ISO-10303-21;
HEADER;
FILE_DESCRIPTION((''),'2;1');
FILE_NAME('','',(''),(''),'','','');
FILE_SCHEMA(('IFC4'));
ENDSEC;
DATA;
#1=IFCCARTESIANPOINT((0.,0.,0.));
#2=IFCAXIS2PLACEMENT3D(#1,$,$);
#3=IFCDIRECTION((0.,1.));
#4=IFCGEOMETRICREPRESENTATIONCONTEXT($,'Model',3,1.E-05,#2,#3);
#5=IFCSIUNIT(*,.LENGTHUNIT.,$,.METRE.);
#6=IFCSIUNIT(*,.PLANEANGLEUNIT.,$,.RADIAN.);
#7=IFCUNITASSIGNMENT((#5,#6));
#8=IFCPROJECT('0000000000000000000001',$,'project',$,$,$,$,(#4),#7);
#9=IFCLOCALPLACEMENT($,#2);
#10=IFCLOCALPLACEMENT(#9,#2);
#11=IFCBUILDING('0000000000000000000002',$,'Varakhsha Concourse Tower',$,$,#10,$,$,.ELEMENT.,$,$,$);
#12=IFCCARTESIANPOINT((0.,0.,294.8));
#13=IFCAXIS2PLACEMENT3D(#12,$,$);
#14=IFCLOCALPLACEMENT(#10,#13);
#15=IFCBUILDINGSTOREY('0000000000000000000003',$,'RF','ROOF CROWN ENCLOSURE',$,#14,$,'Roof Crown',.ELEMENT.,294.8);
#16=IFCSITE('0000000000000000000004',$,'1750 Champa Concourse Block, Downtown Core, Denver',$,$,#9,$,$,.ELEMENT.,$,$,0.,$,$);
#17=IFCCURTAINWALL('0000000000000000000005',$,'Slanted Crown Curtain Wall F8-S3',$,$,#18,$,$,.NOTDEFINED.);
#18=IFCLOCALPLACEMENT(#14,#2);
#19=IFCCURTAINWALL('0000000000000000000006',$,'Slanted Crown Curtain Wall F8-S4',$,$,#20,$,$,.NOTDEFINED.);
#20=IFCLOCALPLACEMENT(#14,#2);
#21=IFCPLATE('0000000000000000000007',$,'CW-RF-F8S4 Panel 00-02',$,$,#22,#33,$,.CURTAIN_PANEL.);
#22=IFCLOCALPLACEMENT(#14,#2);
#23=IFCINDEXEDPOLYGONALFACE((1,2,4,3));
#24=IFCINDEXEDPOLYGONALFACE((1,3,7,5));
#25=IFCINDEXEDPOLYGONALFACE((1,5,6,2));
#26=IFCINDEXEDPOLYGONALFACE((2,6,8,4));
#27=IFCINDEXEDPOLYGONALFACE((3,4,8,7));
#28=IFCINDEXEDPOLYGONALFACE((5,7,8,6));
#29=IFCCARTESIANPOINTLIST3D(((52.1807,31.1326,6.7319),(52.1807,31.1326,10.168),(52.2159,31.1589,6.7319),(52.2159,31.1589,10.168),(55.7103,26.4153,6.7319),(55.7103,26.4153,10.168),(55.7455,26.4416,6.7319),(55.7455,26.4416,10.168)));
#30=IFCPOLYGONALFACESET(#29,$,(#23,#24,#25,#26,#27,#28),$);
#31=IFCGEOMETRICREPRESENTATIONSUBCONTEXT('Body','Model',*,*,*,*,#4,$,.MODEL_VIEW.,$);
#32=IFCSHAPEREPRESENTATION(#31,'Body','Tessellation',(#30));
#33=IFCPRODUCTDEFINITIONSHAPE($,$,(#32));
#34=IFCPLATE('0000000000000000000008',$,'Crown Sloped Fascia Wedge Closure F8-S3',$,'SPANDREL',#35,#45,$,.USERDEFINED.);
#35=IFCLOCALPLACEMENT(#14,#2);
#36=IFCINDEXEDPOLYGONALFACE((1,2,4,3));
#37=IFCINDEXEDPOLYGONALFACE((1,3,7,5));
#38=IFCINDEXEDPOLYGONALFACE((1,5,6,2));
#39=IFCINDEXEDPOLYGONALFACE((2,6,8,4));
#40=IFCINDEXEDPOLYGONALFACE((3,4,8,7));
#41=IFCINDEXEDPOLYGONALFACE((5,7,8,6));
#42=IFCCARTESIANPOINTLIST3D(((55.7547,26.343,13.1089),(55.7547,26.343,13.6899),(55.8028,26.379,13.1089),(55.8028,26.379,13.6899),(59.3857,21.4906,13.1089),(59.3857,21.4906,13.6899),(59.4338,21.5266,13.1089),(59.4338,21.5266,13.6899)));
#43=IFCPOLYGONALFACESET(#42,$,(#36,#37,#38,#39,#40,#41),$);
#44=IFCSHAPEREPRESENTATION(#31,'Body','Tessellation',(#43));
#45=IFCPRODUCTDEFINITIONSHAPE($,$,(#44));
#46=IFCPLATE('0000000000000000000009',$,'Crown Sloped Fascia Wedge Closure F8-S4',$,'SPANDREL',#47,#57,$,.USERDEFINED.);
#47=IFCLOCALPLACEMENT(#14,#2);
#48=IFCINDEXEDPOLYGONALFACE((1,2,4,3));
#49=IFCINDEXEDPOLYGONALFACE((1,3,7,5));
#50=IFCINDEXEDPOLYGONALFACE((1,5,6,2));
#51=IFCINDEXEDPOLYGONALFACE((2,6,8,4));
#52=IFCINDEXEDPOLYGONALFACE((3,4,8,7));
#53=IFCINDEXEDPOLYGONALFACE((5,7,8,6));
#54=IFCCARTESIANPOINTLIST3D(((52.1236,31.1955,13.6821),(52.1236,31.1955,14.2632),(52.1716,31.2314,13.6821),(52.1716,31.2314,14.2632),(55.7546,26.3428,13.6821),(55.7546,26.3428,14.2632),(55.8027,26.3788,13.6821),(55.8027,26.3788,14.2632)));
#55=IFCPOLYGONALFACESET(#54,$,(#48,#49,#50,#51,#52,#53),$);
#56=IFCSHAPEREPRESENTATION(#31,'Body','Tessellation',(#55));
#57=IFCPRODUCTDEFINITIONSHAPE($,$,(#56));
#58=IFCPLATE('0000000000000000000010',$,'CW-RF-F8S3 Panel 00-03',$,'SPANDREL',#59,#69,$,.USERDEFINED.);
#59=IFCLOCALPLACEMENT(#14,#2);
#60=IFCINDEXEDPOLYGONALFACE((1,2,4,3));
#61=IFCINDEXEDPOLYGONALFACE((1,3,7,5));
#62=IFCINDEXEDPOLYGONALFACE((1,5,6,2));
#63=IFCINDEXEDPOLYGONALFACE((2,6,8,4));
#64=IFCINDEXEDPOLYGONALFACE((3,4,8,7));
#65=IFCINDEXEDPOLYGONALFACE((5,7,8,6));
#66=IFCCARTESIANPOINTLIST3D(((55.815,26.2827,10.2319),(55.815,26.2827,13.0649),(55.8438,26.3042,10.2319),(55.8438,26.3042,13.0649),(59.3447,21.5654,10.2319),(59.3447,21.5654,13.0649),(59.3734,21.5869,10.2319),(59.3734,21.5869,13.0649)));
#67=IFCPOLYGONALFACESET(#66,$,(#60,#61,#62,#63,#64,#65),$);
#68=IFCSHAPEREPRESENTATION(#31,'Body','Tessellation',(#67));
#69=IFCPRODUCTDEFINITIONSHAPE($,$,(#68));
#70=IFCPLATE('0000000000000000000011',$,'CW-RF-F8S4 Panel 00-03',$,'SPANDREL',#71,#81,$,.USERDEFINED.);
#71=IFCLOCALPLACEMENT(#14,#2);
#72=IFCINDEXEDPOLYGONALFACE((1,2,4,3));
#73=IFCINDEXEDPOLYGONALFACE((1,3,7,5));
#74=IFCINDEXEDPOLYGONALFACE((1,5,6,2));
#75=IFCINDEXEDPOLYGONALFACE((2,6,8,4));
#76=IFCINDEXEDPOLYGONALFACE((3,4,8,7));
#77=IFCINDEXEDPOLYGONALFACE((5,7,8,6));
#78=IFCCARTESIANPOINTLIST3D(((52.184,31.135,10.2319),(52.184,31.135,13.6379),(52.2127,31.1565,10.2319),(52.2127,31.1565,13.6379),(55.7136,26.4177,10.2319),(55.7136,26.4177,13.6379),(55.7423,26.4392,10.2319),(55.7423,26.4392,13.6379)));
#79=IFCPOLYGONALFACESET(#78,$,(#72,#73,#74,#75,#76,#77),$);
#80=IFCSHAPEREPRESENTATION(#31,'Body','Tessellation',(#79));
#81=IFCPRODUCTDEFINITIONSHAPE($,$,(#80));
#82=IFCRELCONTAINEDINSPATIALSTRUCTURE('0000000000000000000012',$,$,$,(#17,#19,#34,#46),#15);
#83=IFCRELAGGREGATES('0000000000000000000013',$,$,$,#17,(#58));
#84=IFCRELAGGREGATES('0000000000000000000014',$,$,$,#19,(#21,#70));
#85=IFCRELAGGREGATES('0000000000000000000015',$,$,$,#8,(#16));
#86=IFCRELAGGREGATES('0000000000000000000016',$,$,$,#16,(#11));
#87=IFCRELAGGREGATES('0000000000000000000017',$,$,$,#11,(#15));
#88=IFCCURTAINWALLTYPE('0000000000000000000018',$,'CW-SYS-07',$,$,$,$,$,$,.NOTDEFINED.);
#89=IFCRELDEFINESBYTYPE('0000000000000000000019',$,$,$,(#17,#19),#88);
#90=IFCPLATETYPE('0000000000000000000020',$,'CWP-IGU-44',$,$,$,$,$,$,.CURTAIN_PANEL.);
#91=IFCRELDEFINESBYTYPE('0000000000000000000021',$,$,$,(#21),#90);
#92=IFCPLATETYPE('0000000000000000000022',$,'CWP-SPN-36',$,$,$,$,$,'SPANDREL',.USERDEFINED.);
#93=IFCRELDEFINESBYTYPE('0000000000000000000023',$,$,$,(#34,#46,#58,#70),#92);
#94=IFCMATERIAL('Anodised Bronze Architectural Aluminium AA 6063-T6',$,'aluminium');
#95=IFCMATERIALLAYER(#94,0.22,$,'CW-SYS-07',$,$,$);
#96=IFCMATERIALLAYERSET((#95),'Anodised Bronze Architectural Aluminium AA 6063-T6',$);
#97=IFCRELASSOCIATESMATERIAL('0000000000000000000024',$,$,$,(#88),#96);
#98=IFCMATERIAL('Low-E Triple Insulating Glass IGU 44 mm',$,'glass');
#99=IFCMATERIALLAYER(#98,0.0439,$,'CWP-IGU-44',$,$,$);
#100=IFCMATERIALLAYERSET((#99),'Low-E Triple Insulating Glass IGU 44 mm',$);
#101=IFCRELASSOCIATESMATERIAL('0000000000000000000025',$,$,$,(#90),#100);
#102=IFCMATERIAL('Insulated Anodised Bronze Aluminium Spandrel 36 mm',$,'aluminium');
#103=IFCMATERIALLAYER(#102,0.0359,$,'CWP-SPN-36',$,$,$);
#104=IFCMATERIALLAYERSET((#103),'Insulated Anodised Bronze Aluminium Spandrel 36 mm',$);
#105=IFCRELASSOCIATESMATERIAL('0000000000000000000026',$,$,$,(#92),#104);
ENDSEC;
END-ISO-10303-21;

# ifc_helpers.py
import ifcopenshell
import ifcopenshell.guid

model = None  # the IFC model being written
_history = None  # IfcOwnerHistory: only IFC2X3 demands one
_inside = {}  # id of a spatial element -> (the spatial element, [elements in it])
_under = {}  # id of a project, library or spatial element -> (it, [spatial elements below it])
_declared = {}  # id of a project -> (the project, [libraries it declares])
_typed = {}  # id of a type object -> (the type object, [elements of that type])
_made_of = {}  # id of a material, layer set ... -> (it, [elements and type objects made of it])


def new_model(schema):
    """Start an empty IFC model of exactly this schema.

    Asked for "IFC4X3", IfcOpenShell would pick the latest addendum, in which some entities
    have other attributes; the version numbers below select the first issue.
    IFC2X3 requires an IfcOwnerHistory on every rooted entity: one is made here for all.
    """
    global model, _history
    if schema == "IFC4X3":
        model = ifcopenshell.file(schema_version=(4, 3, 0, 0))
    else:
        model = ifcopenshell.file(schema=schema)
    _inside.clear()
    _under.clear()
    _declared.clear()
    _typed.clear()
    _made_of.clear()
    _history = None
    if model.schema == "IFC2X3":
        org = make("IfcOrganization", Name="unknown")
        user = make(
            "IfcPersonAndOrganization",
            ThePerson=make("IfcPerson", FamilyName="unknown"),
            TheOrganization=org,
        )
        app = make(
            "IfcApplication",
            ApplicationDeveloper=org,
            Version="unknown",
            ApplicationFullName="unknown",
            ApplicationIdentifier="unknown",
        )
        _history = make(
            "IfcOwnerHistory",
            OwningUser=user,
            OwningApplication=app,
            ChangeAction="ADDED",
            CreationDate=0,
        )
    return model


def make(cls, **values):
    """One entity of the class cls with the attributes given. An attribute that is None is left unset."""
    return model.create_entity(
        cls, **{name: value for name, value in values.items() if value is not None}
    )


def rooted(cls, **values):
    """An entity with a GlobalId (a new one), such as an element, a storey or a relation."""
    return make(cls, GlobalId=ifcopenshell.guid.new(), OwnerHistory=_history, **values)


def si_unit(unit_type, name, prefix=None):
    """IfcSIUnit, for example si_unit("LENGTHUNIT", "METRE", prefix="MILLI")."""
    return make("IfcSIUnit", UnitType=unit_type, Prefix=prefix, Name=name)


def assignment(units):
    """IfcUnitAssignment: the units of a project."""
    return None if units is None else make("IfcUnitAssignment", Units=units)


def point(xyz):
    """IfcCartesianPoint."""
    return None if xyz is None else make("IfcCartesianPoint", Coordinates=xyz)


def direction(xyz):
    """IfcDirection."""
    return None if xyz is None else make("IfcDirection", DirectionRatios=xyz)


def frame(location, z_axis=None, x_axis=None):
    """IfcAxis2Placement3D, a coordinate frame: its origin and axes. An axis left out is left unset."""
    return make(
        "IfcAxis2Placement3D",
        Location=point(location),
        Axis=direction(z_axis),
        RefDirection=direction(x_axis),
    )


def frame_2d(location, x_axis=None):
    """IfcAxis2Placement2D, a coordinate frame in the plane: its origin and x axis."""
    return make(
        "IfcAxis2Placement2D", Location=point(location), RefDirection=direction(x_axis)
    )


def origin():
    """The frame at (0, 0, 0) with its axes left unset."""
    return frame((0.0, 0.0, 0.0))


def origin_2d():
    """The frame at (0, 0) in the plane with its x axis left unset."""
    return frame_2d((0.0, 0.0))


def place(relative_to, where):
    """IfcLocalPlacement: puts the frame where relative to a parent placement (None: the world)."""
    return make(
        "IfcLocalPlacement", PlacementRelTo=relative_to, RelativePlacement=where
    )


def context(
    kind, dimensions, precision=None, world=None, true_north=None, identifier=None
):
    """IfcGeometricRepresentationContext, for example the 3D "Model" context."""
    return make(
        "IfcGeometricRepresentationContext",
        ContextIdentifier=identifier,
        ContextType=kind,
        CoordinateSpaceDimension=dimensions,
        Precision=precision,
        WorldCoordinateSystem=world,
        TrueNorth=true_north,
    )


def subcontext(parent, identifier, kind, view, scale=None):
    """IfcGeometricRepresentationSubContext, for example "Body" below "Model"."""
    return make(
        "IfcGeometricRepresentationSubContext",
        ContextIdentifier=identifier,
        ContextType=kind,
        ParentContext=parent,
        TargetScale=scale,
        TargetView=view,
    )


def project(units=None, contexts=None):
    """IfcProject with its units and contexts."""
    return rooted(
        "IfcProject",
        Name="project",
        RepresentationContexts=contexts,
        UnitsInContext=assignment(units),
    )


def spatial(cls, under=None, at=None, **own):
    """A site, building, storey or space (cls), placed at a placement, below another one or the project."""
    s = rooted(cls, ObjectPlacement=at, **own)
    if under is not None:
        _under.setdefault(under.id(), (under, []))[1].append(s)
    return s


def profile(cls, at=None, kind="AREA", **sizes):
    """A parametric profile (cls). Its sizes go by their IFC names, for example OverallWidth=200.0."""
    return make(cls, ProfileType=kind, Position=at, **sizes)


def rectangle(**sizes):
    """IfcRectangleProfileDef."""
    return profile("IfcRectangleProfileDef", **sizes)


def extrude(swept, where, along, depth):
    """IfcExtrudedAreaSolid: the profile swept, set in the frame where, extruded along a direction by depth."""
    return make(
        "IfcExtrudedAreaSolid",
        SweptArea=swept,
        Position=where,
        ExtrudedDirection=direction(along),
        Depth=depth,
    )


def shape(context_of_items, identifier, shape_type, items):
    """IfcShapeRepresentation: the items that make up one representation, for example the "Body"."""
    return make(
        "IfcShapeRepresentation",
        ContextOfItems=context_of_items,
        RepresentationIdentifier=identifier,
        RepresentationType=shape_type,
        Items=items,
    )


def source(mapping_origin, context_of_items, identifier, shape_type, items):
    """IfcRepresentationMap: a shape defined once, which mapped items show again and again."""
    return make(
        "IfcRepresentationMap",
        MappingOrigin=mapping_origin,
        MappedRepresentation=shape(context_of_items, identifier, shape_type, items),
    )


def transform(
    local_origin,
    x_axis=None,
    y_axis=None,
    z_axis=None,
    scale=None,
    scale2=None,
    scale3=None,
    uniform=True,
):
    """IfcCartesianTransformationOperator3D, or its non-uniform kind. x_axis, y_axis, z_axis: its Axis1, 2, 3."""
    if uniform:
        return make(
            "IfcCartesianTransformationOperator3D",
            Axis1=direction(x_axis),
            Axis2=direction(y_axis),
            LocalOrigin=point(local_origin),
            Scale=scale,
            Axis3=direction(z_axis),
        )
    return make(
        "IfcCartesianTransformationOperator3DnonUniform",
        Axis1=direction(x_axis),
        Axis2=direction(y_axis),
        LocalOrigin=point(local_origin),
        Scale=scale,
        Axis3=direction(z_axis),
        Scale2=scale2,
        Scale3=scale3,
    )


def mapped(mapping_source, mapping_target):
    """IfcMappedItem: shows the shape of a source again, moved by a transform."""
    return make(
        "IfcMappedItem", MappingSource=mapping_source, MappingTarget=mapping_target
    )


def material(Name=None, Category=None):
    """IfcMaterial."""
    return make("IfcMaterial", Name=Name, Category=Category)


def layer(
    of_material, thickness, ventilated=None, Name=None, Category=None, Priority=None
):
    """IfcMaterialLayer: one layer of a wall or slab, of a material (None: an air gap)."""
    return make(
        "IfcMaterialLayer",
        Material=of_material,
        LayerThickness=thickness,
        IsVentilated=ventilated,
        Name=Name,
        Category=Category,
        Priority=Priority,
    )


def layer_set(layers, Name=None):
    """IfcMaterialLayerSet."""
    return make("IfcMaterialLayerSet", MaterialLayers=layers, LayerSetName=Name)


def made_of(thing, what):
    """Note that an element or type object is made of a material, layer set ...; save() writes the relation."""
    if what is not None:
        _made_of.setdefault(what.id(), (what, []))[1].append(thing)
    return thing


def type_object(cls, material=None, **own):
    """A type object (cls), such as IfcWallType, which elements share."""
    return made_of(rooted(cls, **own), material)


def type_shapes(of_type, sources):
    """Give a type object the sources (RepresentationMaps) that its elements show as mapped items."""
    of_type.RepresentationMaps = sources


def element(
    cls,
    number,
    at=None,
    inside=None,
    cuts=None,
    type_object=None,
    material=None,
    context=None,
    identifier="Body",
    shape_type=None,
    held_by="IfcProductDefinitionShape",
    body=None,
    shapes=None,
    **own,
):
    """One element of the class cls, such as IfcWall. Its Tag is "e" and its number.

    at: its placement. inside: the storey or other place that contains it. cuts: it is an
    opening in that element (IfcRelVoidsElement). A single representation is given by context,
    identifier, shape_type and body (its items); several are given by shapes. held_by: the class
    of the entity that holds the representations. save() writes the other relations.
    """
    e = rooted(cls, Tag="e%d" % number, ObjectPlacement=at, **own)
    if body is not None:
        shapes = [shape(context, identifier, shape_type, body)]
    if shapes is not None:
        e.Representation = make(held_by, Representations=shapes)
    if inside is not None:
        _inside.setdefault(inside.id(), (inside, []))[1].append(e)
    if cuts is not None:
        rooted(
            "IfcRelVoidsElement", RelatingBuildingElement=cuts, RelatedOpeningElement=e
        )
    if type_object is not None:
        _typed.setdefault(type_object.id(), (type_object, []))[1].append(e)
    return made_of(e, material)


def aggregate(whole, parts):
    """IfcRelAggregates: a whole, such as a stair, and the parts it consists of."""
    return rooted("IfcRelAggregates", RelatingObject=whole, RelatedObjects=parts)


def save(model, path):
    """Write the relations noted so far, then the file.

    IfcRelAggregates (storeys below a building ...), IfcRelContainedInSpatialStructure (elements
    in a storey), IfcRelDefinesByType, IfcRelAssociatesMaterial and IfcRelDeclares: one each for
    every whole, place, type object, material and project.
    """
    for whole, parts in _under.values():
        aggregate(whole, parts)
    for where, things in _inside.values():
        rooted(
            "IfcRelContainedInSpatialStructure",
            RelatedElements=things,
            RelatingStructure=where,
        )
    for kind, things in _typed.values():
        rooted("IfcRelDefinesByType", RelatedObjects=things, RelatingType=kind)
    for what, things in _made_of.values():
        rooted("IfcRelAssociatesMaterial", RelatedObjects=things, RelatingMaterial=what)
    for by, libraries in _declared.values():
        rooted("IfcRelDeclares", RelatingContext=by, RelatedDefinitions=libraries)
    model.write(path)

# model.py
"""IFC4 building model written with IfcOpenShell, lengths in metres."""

from ifc_helpers import new_model, si_unit, direction, frame, origin, origin_2d, place, context, subcontext, project, spatial, rectangle, extrude, source, transform, mapped, material, layer, layer_set, type_object, type_shapes, element, aggregate, save


model = new_model("IFC4")

# Units and contexts
model_context = context("Model", 3, precision=1e-05, world=origin(), true_north=direction((0.0, 1.0)))
body_context = subcontext(model_context, "Body", "Model", "MODEL_VIEW")
ifc_project = project(units=[si_unit("LENGTHUNIT", "METRE"), si_unit("PLANEANGLEUNIT", "RADIAN")], contexts=[model_context])

# Site, building, storey
site_placement = place(None, origin())
site = spatial("IfcSite", under=ifc_project, at=site_placement, Name="1750 Champa Concourse Block, Downtown Core, Denver", CompositionType="ELEMENT", RefElevation=0.0)
building_placement = place(site_placement, origin())
building = spatial("IfcBuilding", under=site, at=building_placement, Name="Varakhsha Concourse Tower", CompositionType="ELEMENT")
storey_placement = place(building_placement, frame((0.0, 0.0, 294.8)))
storey = spatial("IfcBuildingStorey", under=building, at=storey_placement, Name="RF", Description="ROOF CROWN ENCLOSURE", LongName="Roof Crown", CompositionType="ELEMENT", Elevation=294.8)

# Curtain wall
ifc_material_1 = material(Name="Anodised Bronze Architectural Aluminium AA 6063-T6", Category="aluminium")
ifc_layer_1 = layer(ifc_material_1, 0.22, Name="CW-SYS-07")
ifc_layer_set_1 = layer_set([ifc_layer_1], Name="Anodised Bronze Architectural Aluminium AA 6063-T6")
curtain_wall_type = type_object("IfcCurtainWallType", Name="CW-SYS-07", PredefinedType="NOTDEFINED", material=ifc_layer_set_1)
curtain_wall_1_placement = place(storey_placement, origin())
curtain_wall_1 = element("IfcCurtainWall", 1, at=curtain_wall_1_placement, inside=storey, type_object=curtain_wall_type, Name="Slanted Crown Curtain Wall F8-S3", PredefinedType="NOTDEFINED")

# Curtain wall
curtain_wall_2_placement = place(storey_placement, origin())
curtain_wall_2 = element("IfcCurtainWall", 2, at=curtain_wall_2_placement, inside=storey, type_object=curtain_wall_type, Name="Slanted Crown Curtain Wall F8-S4", PredefinedType="NOTDEFINED")

# Plate
ifc_material_2 = material(Name="Low-E Triple Insulating Glass IGU 44 mm", Category="glass")
ifc_layer_2 = layer(ifc_material_2, 0.0439, Name="CWP-IGU-44")
ifc_layer_set_2 = layer_set([ifc_layer_2], Name="Low-E Triple Insulating Glass IGU 44 mm")
plate_type_1 = type_object("IfcPlateType", Name="CWP-IGU-44", PredefinedType="CURTAIN_PANEL", material=ifc_layer_set_2)
shared_shape_1 = source(origin(), body_context, "Body", "SweptSolid", [
    extrude(rectangle(XDim=5.8916, YDim=0.0439, at=origin_2d()), origin(), (0.0, 0.0, 1.0), 3.436),
])
plate_1_placement = place(storey_placement, frame((53.9631, 28.7871, 6.7319), z_axis=(0.0, 0.0, 1.0), x_axis=(0.599092, -0.80068, 0.0)))
plate_1 = element("IfcPlate", 3, at=plate_1_placement, type_object=plate_type_1, Name="CW-RF-F8S4 Panel 00-02", PredefinedType="CURTAIN_PANEL", context=body_context, shape_type="MappedRepresentation", body=[
    mapped(shared_shape_1, transform((0.0, 0.0, 0.0), scale=1.0)),
])

# Plates
ifc_material_3 = material(Name="Insulated Anodised Bronze Aluminium Spandrel 36 mm", Category="aluminium")
ifc_layer_3 = layer(ifc_material_3, 0.0359, Name="CWP-SPN-36")
ifc_layer_set_3 = layer_set([ifc_layer_3], Name="Insulated Anodised Bronze Aluminium Spandrel 36 mm")
plate_type_2 = type_object("IfcPlateType", Name="CWP-SPN-36", ElementType="SPANDREL", PredefinedType="USERDEFINED", material=ifc_layer_set_3)
shared_shape_2 = source(origin(), body_context, "Body", "SweptSolid", [
    extrude(rectangle(XDim=6.0605, YDim=0.0601, at=origin_2d()), origin(), (0.0, 0.0, 1.0), 0.5811),
])
plate_2_placement = place(storey_placement, frame((57.5942, 23.9348, 13.1089), z_axis=(0.0, 0.0, 1.0), x_axis=(0.599121, -0.800658, 0.0)))
element("IfcPlate", 4, at=plate_2_placement, inside=storey, type_object=plate_type_2, Name="Crown Sloped Fascia Wedge Closure F8-S3", ObjectType="SPANDREL", PredefinedType="USERDEFINED", context=body_context, shape_type="MappedRepresentation", body=[
    mapped(shared_shape_2, transform((0.0, 0.0, 0.0), scale=1.0)),
])
shared_shape_3 = source(origin(), body_context, "Body", "SweptSolid", [
    extrude(rectangle(XDim=6.0608, YDim=0.0601, at=origin_2d()), origin(), (0.0, 0.0, 1.0), 0.5811),
])
plate_3_placement = place(storey_placement, frame((53.9631, 28.7871, 13.6821), z_axis=(0.0, 0.0, 1.0), x_axis=(0.599107, -0.800669, 0.0)))
element("IfcPlate", 5, at=plate_3_placement, inside=storey, type_object=plate_type_2, Name="Crown Sloped Fascia Wedge Closure F8-S4", ObjectType="SPANDREL", PredefinedType="USERDEFINED", context=body_context, shape_type="MappedRepresentation", body=[
    mapped(shared_shape_3, transform((0.0, 0.0, 0.0), scale=1.0)),
])

# Plates
shared_shape_4 = source(origin(), body_context, "Body", "SweptSolid", [
    extrude(rectangle(XDim=5.8916, YDim=0.0359, at=origin_2d()), origin(), (0.0, 0.0, 1.0), 2.833),
])
plate_4_placement = place(storey_placement, frame((57.5942, 23.9348, 10.2319), z_axis=(0.0, 0.0, 1.0), x_axis=(0.5991, -0.800674, 0.0)))
plate_4 = element("IfcPlate", 6, at=plate_4_placement, type_object=plate_type_2, Name="CW-RF-F8S3 Panel 00-03", ObjectType="SPANDREL", PredefinedType="USERDEFINED", context=body_context, shape_type="MappedRepresentation", body=[
    mapped(shared_shape_4, transform((0.0, 0.0, 0.0), scale=1.0)),
])
aggregate(curtain_wall_1, [plate_4])
shared_shape_5 = source(origin(), body_context, "Body", "SweptSolid", [
    extrude(rectangle(XDim=5.8916, YDim=0.0359, at=origin_2d()), origin(), (0.0, 0.0, 1.0), 3.406),
])
type_shapes(plate_type_2, [shared_shape_2, shared_shape_3, shared_shape_4, shared_shape_5])
plate_5_placement = place(storey_placement, frame((53.9631, 28.7871, 10.2319), z_axis=(0.0, 0.0, 1.0), x_axis=(0.599092, -0.80068, 0.0)))
plate_5 = element("IfcPlate", 7, at=plate_5_placement, type_object=plate_type_2, Name="CW-RF-F8S4 Panel 00-03", ObjectType="SPANDREL", PredefinedType="USERDEFINED", context=body_context, shape_type="MappedRepresentation", body=[
    mapped(shared_shape_5, transform((0.0, 0.0, 0.0), scale=1.0)),
])
aggregate(curtain_wall_2, [plate_1, plate_5])

save(model, "model.ifc")
